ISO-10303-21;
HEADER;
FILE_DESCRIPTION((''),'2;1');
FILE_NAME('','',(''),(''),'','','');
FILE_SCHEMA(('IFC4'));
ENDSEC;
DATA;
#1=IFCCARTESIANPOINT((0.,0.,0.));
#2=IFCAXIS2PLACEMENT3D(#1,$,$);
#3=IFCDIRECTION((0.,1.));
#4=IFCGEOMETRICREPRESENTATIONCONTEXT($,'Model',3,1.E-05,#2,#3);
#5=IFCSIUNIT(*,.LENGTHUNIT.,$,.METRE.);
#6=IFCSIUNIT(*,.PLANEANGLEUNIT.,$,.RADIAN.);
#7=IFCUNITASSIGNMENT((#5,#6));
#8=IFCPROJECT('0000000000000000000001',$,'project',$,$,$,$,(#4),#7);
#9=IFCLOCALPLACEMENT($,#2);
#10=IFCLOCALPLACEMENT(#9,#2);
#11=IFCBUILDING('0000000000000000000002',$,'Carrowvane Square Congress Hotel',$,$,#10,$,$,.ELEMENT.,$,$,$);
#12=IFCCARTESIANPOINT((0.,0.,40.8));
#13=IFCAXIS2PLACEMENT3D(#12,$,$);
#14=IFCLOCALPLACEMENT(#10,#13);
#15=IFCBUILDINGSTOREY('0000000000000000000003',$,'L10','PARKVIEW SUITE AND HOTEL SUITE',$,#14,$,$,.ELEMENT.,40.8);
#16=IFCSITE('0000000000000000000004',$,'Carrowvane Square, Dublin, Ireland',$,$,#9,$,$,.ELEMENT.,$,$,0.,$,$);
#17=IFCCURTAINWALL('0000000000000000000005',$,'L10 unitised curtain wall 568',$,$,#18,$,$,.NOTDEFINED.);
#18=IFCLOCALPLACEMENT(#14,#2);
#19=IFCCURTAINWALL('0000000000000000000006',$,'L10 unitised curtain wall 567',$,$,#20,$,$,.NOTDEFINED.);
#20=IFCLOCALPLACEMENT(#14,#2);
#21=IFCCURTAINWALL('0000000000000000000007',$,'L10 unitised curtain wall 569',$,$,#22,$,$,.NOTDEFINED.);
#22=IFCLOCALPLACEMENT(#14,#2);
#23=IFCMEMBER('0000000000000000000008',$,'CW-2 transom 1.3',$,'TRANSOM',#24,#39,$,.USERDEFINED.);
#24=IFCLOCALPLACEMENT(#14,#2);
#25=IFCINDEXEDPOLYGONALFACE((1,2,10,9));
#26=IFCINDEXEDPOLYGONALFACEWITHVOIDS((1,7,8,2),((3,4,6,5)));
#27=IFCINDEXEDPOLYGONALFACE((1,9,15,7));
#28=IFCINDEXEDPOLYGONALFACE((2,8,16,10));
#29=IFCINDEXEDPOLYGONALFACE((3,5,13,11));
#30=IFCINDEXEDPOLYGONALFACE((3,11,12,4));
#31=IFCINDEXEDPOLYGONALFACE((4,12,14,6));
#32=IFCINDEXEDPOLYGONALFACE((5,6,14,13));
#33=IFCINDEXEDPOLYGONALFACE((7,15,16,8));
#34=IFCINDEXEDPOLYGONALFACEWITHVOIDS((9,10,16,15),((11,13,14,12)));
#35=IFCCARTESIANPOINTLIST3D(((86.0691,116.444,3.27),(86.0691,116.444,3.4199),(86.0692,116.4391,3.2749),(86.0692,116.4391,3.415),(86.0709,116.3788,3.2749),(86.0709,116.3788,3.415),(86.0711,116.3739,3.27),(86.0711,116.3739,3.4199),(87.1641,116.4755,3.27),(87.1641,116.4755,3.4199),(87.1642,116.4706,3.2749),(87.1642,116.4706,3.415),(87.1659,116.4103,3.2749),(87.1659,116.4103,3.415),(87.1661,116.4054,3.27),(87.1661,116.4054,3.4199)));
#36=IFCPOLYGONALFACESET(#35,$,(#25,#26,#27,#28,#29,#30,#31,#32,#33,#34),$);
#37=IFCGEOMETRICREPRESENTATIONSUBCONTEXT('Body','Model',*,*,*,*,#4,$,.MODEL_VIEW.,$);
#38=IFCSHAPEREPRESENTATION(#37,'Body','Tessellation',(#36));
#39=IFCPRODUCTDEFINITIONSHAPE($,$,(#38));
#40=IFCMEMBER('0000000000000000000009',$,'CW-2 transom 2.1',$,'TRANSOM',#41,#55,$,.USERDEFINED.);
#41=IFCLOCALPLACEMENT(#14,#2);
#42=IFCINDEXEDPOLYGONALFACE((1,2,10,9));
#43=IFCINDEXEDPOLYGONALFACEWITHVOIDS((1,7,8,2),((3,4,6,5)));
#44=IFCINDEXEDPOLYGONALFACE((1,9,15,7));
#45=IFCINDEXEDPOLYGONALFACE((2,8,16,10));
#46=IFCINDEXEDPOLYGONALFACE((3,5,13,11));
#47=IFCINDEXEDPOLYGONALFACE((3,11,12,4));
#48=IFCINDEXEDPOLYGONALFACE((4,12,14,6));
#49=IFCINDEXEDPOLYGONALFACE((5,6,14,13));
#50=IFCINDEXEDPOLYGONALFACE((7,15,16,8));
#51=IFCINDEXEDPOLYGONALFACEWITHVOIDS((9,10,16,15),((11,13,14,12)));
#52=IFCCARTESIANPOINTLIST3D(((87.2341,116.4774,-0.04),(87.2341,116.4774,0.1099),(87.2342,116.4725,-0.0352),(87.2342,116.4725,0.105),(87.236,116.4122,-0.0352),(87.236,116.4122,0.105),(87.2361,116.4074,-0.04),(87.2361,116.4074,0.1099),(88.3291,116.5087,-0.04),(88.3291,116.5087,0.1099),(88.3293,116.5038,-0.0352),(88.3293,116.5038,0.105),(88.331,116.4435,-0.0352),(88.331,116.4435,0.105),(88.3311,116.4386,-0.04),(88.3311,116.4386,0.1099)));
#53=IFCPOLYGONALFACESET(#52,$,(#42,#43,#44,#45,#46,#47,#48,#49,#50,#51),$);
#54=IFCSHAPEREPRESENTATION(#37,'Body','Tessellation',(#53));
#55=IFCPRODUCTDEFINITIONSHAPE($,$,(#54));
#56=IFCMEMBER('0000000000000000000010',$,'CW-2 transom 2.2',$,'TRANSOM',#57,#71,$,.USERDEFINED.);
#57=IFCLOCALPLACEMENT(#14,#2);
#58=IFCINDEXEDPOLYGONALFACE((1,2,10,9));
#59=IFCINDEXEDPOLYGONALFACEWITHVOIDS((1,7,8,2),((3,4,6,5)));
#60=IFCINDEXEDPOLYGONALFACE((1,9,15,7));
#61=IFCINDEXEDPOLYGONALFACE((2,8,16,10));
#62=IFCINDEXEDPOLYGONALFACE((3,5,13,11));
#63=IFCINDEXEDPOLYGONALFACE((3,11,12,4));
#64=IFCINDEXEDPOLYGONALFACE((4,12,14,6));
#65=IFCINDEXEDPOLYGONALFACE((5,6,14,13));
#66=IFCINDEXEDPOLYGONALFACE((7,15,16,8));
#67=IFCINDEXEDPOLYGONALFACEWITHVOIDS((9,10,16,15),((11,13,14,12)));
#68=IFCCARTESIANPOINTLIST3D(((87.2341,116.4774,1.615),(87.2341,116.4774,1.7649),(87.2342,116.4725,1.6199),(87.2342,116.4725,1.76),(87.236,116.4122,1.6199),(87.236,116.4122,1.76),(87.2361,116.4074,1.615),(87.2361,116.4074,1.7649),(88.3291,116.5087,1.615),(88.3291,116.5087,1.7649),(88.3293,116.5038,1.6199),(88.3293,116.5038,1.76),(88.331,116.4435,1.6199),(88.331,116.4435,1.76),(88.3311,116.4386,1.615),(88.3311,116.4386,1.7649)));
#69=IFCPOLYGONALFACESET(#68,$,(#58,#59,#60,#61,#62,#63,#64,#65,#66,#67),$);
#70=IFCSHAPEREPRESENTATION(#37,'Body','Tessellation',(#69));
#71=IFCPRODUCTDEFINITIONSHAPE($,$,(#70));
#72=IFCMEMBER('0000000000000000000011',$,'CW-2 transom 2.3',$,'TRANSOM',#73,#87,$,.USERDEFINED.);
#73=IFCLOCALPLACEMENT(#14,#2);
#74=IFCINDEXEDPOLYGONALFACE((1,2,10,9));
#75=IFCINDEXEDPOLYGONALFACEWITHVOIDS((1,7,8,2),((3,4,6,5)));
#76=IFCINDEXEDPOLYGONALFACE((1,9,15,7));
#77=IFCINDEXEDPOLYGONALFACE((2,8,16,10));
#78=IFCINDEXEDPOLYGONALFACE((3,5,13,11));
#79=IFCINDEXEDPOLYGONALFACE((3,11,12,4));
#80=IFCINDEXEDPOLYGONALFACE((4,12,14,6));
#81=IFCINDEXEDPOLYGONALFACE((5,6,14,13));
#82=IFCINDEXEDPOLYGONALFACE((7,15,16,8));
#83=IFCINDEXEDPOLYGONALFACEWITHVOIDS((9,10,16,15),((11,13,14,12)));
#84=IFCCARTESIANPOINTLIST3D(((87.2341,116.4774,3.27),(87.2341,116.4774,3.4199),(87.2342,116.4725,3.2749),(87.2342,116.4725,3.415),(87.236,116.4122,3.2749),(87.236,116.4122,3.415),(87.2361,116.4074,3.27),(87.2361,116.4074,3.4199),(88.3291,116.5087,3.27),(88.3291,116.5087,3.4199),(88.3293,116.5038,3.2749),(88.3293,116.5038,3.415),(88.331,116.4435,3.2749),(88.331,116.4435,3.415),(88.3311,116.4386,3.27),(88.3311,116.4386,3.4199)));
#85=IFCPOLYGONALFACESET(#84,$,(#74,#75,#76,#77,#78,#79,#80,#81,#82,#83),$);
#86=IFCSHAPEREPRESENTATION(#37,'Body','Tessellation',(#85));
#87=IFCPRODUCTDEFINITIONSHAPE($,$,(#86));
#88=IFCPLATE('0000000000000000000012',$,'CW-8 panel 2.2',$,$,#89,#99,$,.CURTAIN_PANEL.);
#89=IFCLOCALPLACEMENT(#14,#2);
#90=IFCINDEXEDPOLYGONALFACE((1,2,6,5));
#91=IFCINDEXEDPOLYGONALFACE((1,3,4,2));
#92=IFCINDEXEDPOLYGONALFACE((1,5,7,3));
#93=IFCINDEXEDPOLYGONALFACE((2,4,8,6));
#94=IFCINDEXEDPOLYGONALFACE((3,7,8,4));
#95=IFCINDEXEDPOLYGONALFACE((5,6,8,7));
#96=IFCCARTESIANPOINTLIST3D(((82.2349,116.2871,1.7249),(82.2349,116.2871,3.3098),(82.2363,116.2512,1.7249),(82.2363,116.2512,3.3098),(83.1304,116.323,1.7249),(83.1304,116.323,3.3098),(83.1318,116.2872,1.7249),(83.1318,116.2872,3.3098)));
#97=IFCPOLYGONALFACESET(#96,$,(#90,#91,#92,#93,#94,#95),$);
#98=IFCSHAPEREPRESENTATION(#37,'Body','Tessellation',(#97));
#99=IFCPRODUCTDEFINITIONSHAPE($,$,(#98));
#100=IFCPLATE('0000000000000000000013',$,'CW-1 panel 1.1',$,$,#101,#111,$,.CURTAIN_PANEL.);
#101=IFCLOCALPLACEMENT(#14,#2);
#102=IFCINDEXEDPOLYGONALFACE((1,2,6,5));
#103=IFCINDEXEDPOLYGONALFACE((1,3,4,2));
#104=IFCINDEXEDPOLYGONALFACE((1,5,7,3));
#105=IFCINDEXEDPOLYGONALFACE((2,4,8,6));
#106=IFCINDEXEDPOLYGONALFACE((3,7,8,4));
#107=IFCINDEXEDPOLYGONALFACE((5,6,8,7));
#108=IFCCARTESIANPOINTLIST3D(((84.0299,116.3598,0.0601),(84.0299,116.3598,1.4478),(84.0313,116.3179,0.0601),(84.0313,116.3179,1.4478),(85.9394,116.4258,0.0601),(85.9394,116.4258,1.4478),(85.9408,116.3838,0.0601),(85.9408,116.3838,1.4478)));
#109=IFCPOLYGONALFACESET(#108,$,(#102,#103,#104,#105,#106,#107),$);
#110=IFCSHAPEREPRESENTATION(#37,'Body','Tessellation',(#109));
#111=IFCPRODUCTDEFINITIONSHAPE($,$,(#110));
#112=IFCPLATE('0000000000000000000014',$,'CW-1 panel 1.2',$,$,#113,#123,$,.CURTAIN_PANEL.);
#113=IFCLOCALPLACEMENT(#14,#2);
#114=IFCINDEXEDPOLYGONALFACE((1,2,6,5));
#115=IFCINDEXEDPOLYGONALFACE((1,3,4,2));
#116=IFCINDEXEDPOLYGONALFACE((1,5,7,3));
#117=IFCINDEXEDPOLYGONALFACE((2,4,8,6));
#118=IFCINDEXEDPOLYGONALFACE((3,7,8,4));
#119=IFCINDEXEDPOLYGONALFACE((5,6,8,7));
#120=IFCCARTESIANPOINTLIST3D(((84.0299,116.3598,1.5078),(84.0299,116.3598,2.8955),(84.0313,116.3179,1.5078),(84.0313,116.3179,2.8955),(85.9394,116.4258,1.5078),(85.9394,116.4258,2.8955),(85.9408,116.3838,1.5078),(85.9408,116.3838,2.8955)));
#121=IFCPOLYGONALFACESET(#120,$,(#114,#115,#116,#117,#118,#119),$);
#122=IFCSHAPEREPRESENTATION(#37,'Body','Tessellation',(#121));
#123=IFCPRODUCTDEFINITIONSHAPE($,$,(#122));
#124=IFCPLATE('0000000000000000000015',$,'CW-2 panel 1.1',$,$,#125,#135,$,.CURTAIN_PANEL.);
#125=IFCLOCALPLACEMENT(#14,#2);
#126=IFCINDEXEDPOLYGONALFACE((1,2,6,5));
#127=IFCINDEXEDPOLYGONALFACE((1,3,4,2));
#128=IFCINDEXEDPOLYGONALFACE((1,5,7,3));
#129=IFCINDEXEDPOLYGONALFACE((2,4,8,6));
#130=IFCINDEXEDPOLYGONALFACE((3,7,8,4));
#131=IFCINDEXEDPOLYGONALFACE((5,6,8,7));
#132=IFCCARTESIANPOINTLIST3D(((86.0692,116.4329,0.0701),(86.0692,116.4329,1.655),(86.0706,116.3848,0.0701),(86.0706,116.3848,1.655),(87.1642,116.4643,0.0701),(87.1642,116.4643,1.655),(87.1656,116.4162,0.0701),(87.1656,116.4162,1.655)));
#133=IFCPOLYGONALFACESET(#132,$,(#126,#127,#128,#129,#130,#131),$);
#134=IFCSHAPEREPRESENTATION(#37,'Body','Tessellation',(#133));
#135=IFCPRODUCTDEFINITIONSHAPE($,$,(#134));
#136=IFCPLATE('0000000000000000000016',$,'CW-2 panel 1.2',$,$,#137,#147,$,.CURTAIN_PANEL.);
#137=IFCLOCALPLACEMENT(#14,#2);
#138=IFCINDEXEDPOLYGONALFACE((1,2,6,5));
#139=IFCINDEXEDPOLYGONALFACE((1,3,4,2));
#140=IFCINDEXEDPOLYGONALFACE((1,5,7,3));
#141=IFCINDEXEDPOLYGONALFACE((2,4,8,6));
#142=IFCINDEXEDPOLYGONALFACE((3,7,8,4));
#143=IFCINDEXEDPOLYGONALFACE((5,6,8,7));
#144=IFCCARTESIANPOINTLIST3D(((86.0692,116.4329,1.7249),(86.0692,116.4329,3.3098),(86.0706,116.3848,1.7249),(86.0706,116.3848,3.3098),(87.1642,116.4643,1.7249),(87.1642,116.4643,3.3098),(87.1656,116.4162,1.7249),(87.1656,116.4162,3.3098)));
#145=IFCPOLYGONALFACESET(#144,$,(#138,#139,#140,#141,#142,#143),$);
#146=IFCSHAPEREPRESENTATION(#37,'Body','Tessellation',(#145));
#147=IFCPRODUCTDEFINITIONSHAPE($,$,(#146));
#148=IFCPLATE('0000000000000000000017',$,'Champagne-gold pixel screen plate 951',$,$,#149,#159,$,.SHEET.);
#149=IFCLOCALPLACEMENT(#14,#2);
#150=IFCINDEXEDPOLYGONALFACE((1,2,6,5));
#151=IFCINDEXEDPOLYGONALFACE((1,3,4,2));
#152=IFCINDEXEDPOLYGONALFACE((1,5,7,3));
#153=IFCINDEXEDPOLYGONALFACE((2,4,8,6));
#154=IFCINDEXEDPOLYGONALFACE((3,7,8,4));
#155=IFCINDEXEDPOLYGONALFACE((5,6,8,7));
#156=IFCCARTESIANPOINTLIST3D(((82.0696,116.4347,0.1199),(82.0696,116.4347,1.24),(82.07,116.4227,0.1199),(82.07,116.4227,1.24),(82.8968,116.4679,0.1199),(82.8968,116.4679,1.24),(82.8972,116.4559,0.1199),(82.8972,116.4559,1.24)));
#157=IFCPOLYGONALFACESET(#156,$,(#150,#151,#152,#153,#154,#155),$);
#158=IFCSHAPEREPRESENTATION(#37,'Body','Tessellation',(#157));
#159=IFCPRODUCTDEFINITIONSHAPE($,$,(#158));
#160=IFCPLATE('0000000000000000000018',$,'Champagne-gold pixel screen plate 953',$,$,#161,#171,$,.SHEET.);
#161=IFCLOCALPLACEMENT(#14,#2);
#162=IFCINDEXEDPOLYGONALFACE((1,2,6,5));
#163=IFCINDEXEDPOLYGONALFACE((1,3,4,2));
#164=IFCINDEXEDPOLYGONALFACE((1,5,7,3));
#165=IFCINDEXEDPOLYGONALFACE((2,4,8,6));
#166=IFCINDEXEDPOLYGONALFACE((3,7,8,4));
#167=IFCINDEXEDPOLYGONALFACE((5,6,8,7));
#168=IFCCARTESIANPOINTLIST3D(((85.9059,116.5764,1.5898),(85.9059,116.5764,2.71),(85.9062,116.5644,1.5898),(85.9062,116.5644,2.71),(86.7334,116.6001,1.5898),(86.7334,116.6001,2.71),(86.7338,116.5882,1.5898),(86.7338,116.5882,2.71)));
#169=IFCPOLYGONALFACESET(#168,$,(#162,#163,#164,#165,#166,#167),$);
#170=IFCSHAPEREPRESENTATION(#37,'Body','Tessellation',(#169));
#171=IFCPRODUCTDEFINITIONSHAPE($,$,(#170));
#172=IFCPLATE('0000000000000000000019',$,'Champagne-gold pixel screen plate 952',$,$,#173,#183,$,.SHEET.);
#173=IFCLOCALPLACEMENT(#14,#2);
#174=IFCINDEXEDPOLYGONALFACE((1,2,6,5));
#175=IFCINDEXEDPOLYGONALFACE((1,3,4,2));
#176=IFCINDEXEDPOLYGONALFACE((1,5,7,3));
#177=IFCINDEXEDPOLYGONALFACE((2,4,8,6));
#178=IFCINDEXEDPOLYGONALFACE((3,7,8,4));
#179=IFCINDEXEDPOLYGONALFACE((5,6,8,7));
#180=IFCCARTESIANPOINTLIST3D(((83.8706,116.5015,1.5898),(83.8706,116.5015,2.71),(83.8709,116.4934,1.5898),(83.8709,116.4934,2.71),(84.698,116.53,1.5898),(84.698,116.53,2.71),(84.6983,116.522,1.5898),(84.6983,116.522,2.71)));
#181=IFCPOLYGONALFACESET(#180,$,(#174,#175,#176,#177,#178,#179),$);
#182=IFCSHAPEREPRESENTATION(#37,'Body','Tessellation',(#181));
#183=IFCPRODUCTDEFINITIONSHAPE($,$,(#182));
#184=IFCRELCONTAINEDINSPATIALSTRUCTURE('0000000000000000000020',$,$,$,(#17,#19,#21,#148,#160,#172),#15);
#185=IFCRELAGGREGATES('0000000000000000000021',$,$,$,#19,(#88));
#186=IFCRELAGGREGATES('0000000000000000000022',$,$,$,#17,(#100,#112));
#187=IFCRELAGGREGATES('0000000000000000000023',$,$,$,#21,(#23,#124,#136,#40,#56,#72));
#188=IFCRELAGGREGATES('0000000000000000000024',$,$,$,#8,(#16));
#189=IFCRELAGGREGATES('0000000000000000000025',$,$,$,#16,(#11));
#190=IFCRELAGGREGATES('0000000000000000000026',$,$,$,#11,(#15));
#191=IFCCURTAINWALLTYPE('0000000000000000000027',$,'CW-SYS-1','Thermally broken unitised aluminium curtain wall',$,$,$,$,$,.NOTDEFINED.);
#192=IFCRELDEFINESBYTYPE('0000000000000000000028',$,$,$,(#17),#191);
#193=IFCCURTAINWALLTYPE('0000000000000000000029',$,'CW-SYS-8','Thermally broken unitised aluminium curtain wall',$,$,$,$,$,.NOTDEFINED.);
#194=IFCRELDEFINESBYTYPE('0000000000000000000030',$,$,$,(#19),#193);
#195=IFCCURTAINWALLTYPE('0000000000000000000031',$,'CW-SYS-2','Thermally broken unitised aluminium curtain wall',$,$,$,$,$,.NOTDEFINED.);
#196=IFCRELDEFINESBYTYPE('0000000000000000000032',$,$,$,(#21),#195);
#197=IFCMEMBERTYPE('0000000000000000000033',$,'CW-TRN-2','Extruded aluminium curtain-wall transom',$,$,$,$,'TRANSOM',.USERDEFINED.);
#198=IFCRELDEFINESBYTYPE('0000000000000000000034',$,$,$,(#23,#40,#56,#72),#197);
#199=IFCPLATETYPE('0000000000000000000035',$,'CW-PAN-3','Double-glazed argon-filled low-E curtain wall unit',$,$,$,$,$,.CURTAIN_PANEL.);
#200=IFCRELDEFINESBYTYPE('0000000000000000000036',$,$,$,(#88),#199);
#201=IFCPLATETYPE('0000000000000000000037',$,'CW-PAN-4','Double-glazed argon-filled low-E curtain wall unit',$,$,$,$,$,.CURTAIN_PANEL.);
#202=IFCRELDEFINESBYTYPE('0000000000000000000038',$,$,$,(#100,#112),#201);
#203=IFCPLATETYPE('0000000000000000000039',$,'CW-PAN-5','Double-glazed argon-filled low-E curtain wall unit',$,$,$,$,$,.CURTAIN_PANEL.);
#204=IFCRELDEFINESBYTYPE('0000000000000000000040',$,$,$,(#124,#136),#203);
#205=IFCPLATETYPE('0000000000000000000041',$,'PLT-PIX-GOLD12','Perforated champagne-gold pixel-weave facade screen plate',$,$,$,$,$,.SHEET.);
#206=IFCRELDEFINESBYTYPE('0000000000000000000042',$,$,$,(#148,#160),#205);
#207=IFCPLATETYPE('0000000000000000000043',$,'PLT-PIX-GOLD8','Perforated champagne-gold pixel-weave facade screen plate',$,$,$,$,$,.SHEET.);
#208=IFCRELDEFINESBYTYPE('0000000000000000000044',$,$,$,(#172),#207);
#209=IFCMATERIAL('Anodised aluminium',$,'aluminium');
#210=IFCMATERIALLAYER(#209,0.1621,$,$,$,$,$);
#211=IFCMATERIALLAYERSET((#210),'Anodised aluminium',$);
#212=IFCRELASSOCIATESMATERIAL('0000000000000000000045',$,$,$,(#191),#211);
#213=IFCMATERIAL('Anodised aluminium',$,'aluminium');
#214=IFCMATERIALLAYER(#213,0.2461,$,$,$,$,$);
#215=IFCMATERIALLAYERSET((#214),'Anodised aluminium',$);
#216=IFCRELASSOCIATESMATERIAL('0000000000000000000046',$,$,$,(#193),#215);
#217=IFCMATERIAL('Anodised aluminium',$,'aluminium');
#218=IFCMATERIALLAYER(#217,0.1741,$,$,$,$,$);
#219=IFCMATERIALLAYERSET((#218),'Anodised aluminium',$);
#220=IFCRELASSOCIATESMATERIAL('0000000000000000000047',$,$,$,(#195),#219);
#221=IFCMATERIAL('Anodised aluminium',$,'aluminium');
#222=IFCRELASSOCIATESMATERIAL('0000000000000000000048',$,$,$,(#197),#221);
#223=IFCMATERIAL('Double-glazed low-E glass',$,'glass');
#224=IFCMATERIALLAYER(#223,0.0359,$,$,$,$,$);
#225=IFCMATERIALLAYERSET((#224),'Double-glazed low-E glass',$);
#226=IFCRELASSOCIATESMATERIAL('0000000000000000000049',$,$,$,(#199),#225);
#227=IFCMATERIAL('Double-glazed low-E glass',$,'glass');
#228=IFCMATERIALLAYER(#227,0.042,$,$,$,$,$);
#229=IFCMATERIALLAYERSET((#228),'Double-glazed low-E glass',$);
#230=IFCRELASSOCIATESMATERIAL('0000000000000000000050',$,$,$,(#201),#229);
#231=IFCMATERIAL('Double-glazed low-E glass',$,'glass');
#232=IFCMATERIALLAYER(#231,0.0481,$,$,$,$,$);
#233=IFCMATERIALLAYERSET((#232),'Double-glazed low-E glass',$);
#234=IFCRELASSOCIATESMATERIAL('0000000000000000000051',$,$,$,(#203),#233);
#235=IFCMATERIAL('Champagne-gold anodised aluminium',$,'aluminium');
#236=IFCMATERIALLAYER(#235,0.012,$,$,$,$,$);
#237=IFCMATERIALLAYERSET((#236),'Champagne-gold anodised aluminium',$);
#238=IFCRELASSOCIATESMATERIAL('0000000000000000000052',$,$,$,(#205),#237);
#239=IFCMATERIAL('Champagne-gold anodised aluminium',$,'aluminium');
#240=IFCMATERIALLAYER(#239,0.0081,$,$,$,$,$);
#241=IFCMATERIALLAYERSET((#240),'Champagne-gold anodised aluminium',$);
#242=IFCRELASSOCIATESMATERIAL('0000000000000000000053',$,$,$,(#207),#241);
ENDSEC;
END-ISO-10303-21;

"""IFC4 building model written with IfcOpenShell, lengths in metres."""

from ifc_helpers import new_model, si_unit, direction, frame, origin, origin_2d, place, context, subcontext, project, spatial, rectangle, hollow_rectangle, extrude, material, layer, layer_set, material_profile, profile_set, type_object, element, aggregate, save


model = new_model("IFC4")

# Units and contexts
model_context = context("Model", 3, precision=1e-05, world=origin(), true_north=direction((0.0, 1.0)))
body_context = subcontext(model_context, "Body", "Model", "MODEL_VIEW")
ifc_project = project(units=[si_unit("LENGTHUNIT", "METRE"), si_unit("PLANEANGLEUNIT", "RADIAN")], contexts=[model_context])

# Site, building, storey
site_placement = place(None, origin())
site = spatial("IfcSite", under=ifc_project, at=site_placement, Name="Carrowvane Square, Dublin, Ireland", CompositionType="ELEMENT", RefElevation=0.0)
building_placement = place(site_placement, origin())
building = spatial("IfcBuilding", under=site, at=building_placement, Name="Carrowvane Square Congress Hotel", CompositionType="ELEMENT")
storey_placement = place(building_placement, frame((0.0, 0.0, 40.8)))
storey = spatial("IfcBuildingStorey", under=building, at=storey_placement, Name="L10", Description="PARKVIEW SUITE AND HOTEL SUITE", CompositionType="ELEMENT", Elevation=40.8)

# Curtain wall
ifc_material_1 = material(Name="Anodised aluminium", Category="aluminium")
ifc_layer_1 = layer(ifc_material_1, 0.1621)
ifc_layer_set_1 = layer_set([ifc_layer_1], Name="Anodised aluminium")
curtain_wall_type_1 = type_object("IfcCurtainWallType", Name="CW-SYS-1", Description="Thermally broken unitised aluminium curtain wall", PredefinedType="NOTDEFINED", material=ifc_layer_set_1)
curtain_wall_1_placement = place(storey_placement, origin())
curtain_wall_1 = element("IfcCurtainWall", 1, at=curtain_wall_1_placement, inside=storey, type_object=curtain_wall_type_1, Name="L10 unitised curtain wall 568", PredefinedType="NOTDEFINED")

# Curtain wall
ifc_material_2 = material(Name="Anodised aluminium", Category="aluminium")
ifc_layer_2 = layer(ifc_material_2, 0.2461)
ifc_layer_set_2 = layer_set([ifc_layer_2], Name="Anodised aluminium")
curtain_wall_type_2 = type_object("IfcCurtainWallType", Name="CW-SYS-8", Description="Thermally broken unitised aluminium curtain wall", PredefinedType="NOTDEFINED", material=ifc_layer_set_2)
curtain_wall_2_placement = place(storey_placement, origin())
curtain_wall_2 = element("IfcCurtainWall", 2, at=curtain_wall_2_placement, inside=storey, type_object=curtain_wall_type_2, Name="L10 unitised curtain wall 567", PredefinedType="NOTDEFINED")

# Curtain wall
ifc_material_3 = material(Name="Anodised aluminium", Category="aluminium")
ifc_layer_3 = layer(ifc_material_3, 0.1741)
ifc_layer_set_3 = layer_set([ifc_layer_3], Name="Anodised aluminium")
curtain_wall_type_3 = type_object("IfcCurtainWallType", Name="CW-SYS-2", Description="Thermally broken unitised aluminium curtain wall", PredefinedType="NOTDEFINED", material=ifc_layer_set_3)
curtain_wall_3_placement = place(storey_placement, origin())
curtain_wall_3 = element("IfcCurtainWall", 3, at=curtain_wall_3_placement, inside=storey, type_object=curtain_wall_type_3, Name="L10 unitised curtain wall 569", PredefinedType="NOTDEFINED")

# Members
ifc_material_4 = material(Name="Anodised aluminium", Category="aluminium")
ifc_material_profile_1 = material_profile(ifc_material_4, hollow_rectangle(XDim=0.0701, YDim=0.1499, WallThickness=0.0049, at=origin_2d()), Name="CW-TR 70x150x5")
ifc_profile_set_1 = profile_set([ifc_material_profile_1], Name="Anodised aluminium")
member_type_1 = type_object("IfcMemberType", Name="CW-TRN-2", Description="Extruded aluminium curtain-wall transom", ElementType="TRANSOM", PredefinedType="USERDEFINED", material=ifc_profile_set_1)
member_1_placement = place(storey_placement, frame((86.0701, 116.4089, 3.345), z_axis=(0.999587, 0.028751, 0.0), x_axis=(-0.028751, 0.999587, 0.0)))
member_1 = element("IfcMember", 4, at=member_1_placement, type_object=member_type_1, Name="CW-2 transom 1.3", ObjectType="TRANSOM", PredefinedType="USERDEFINED", context=body_context, shape_type="SweptSolid", body=[
    extrude(hollow_rectangle(XDim=0.0701, YDim=0.1499, WallThickness=0.0049, at=origin_2d()), origin(), (0.0, 0.0, 1.0), 1.0955),
])
member_2_placement = place(storey_placement, frame((87.2351, 116.4424, 0.0349), z_axis=(0.999593, 0.028528, 0.0), x_axis=(-0.028528, 0.999593, 0.0)))
member_2 = element("IfcMember", 5, at=member_2_placement, type_object=member_type_1, Name="CW-2 transom 2.1", ObjectType="TRANSOM", PredefinedType="USERDEFINED", context=body_context, shape_type="SweptSolid", body=[
    extrude(hollow_rectangle(XDim=0.0701, YDim=0.1499, WallThickness=0.0049, at=origin_2d()), origin(), (0.0, 0.0, 1.0), 1.0955),
])
member_3_placement = place(storey_placement, frame((87.2351, 116.4424, 1.6899), z_axis=(0.999593, 0.028528, 0.0), x_axis=(-0.028528, 0.999593, 0.0)))
member_3 = element("IfcMember", 6, at=member_3_placement, type_object=member_type_1, Name="CW-2 transom 2.2", ObjectType="TRANSOM", PredefinedType="USERDEFINED", context=body_context, shape_type="SweptSolid", body=[
    extrude(hollow_rectangle(XDim=0.0701, YDim=0.1499, WallThickness=0.0049, at=origin_2d()), origin(), (0.0, 0.0, 1.0), 1.0955),
])
member_4_placement = place(storey_placement, frame((87.2351, 116.4424, 3.345), z_axis=(0.999593, 0.028528, 0.0), x_axis=(-0.028528, 0.999593, 0.0)))
member_4 = element("IfcMember", 7, at=member_4_placement, type_object=member_type_1, Name="CW-2 transom 2.3", ObjectType="TRANSOM", PredefinedType="USERDEFINED", context=body_context, shape_type="SweptSolid", body=[
    extrude(hollow_rectangle(XDim=0.0701, YDim=0.1499, WallThickness=0.0049, at=origin_2d()), origin(), (0.0, 0.0, 1.0), 1.0955),
])

# Plates
ifc_material_5 = material(Name="Double-glazed low-E glass", Category="glass")
ifc_layer_4 = layer(ifc_material_5, 0.0359)
ifc_layer_set_4 = layer_set([ifc_layer_4], Name="Double-glazed low-E glass")
plate_type_1 = type_object("IfcPlateType", Name="CW-PAN-3", Description="Double-glazed argon-filled low-E curtain wall unit", PredefinedType="CURTAIN_PANEL", material=ifc_layer_set_4)
plate_1_placement = place(storey_placement, frame((82.6833, 116.2871, 1.7249), z_axis=(0.0, 0.0, 1.0), x_axis=(0.999194, 0.040136, 0.0)))
plate_1 = element("IfcPlate", 8, at=plate_1_placement, type_object=plate_type_1, Name="CW-8 panel 2.2", PredefinedType="CURTAIN_PANEL", context=body_context, shape_type="SweptSolid", body=[
    extrude(rectangle(XDim=0.8962, YDim=0.0359, at=origin_2d()), origin(), (0.0, 0.0, 1.0), 1.585),
])
aggregate(curtain_wall_2, [plate_1])
ifc_material_6 = material(Name="Double-glazed low-E glass", Category="glass")
ifc_layer_5 = layer(ifc_material_6, 0.042)
ifc_layer_set_5 = layer_set([ifc_layer_5], Name="Double-glazed low-E glass")
plate_type_2 = type_object("IfcPlateType", Name="CW-PAN-4", Description="Double-glazed argon-filled low-E curtain wall unit", PredefinedType="CURTAIN_PANEL", material=ifc_layer_set_5)
plate_2_placement = place(storey_placement, frame((84.9854, 116.3718, 0.0601), z_axis=(0.0, 0.0, 1.0), x_axis=(0.999404, 0.034527, 0.0)))
plate_2 = element("IfcPlate", 9, at=plate_2_placement, type_object=plate_type_2, Name="CW-1 panel 1.1", PredefinedType="CURTAIN_PANEL", context=body_context, shape_type="SweptSolid", body=[
    extrude(rectangle(XDim=1.9106, YDim=0.042, at=origin_2d()), origin(), (0.0, 0.0, 1.0), 1.3877),
])
plate_3_placement = place(storey_placement, frame((84.9854, 116.3718, 1.5078), z_axis=(0.0, 0.0, 1.0), x_axis=(0.999404, 0.034527, 0.0)))
plate_3 = element("IfcPlate", 10, at=plate_3_placement, type_object=plate_type_2, Name="CW-1 panel 1.2", PredefinedType="CURTAIN_PANEL", context=body_context, shape_type="SweptSolid", body=[
    extrude(rectangle(XDim=1.9106, YDim=0.042, at=origin_2d()), origin(), (0.0, 0.0, 1.0), 1.3877),
])
aggregate(curtain_wall_1, [plate_2, plate_3])
ifc_material_7 = material(Name="Double-glazed low-E glass", Category="glass")
ifc_layer_6 = layer(ifc_material_7, 0.0481)
ifc_layer_set_6 = layer_set([ifc_layer_6], Name="Double-glazed low-E glass")
plate_type_3 = type_object("IfcPlateType", Name="CW-PAN-5", Description="Double-glazed argon-filled low-E curtain wall unit", PredefinedType="CURTAIN_PANEL", material=ifc_layer_set_6)
plate_4_placement = place(storey_placement, frame((86.6174, 116.4246, 0.0701), z_axis=(0.0, 0.0, 1.0), x_axis=(0.99959, 0.028638, 0.0)))
plate_4 = element("IfcPlate", 11, at=plate_4_placement, type_object=plate_type_3, Name="CW-2 panel 1.1", PredefinedType="CURTAIN_PANEL", context=body_context, shape_type="SweptSolid", body=[
    extrude(rectangle(XDim=1.0955, YDim=0.0481, at=origin_2d()), origin(), (0.0, 0.0, 1.0), 1.585),
])
plate_5_placement = place(storey_placement, frame((86.6174, 116.4246, 1.7249), z_axis=(0.0, 0.0, 1.0), x_axis=(0.99959, 0.028638, 0.0)))
plate_5 = element("IfcPlate", 12, at=plate_5_placement, type_object=plate_type_3, Name="CW-2 panel 1.2", PredefinedType="CURTAIN_PANEL", context=body_context, shape_type="SweptSolid", body=[
    extrude(rectangle(XDim=1.0955, YDim=0.0481, at=origin_2d()), origin(), (0.0, 0.0, 1.0), 1.585),
])
aggregate(curtain_wall_3, [member_1, plate_4, plate_5, member_2, member_3, member_4])

# Plates
ifc_material_8 = material(Name="Champagne-gold anodised aluminium", Category="aluminium")
ifc_layer_7 = layer(ifc_material_8, 0.012)
ifc_layer_set_7 = layer_set([ifc_layer_7], Name="Champagne-gold anodised aluminium")
plate_type_4 = type_object("IfcPlateType", Name="PLT-PIX-GOLD12", Description="Perforated champagne-gold pixel-weave facade screen plate", PredefinedType="SHEET", material=ifc_layer_set_7)
for number, where, z_axis, x_axis, name in (
    (13, (82.4834, 116.4453, 0.1199), (0.0, 0.0, 1.0), (0.999194, 0.040134, 0.0), "Champagne-gold pixel screen plate 951"),
    (14, (86.3198, 116.5823, 1.5898), (0.0, 0.0, 1.0), (0.99959, 0.028639, 0.0), "Champagne-gold pixel screen plate 953"),
):
    element("IfcPlate", number, at=place(storey_placement, frame(where, z_axis=z_axis, x_axis=x_axis)), inside=storey, type_object=plate_type_4, Name=name, PredefinedType="SHEET", context=body_context, shape_type="SweptSolid", body=[
        extrude(rectangle(XDim=0.8279, YDim=0.012, at=origin_2d()), origin(), (0.0, 0.0, 1.0), 1.1201),
    ])
ifc_material_9 = material(Name="Champagne-gold anodised aluminium", Category="aluminium")
ifc_layer_8 = layer(ifc_material_9, 0.0081)
ifc_layer_set_8 = layer_set([ifc_layer_8], Name="Champagne-gold anodised aluminium")
plate_type_5 = type_object("IfcPlateType", Name="PLT-PIX-GOLD8", Description="Perforated champagne-gold pixel-weave facade screen plate", PredefinedType="SHEET", material=ifc_layer_set_8)
plate_6_placement = place(storey_placement, frame((84.2844, 116.5117, 1.5898), z_axis=(0.0, 0.0, 1.0), x_axis=(0.999404, 0.034527, 0.0)))
element("IfcPlate", 15, at=plate_6_placement, inside=storey, type_object=plate_type_5, Name="Champagne-gold pixel screen plate 952", PredefinedType="SHEET", context=body_context, shape_type="SweptSolid", body=[
    extrude(rectangle(XDim=0.8279, YDim=0.0081, at=origin_2d()), origin(), (0.0, 0.0, 1.0), 1.1201),
])

save(model, "model.ifc")
